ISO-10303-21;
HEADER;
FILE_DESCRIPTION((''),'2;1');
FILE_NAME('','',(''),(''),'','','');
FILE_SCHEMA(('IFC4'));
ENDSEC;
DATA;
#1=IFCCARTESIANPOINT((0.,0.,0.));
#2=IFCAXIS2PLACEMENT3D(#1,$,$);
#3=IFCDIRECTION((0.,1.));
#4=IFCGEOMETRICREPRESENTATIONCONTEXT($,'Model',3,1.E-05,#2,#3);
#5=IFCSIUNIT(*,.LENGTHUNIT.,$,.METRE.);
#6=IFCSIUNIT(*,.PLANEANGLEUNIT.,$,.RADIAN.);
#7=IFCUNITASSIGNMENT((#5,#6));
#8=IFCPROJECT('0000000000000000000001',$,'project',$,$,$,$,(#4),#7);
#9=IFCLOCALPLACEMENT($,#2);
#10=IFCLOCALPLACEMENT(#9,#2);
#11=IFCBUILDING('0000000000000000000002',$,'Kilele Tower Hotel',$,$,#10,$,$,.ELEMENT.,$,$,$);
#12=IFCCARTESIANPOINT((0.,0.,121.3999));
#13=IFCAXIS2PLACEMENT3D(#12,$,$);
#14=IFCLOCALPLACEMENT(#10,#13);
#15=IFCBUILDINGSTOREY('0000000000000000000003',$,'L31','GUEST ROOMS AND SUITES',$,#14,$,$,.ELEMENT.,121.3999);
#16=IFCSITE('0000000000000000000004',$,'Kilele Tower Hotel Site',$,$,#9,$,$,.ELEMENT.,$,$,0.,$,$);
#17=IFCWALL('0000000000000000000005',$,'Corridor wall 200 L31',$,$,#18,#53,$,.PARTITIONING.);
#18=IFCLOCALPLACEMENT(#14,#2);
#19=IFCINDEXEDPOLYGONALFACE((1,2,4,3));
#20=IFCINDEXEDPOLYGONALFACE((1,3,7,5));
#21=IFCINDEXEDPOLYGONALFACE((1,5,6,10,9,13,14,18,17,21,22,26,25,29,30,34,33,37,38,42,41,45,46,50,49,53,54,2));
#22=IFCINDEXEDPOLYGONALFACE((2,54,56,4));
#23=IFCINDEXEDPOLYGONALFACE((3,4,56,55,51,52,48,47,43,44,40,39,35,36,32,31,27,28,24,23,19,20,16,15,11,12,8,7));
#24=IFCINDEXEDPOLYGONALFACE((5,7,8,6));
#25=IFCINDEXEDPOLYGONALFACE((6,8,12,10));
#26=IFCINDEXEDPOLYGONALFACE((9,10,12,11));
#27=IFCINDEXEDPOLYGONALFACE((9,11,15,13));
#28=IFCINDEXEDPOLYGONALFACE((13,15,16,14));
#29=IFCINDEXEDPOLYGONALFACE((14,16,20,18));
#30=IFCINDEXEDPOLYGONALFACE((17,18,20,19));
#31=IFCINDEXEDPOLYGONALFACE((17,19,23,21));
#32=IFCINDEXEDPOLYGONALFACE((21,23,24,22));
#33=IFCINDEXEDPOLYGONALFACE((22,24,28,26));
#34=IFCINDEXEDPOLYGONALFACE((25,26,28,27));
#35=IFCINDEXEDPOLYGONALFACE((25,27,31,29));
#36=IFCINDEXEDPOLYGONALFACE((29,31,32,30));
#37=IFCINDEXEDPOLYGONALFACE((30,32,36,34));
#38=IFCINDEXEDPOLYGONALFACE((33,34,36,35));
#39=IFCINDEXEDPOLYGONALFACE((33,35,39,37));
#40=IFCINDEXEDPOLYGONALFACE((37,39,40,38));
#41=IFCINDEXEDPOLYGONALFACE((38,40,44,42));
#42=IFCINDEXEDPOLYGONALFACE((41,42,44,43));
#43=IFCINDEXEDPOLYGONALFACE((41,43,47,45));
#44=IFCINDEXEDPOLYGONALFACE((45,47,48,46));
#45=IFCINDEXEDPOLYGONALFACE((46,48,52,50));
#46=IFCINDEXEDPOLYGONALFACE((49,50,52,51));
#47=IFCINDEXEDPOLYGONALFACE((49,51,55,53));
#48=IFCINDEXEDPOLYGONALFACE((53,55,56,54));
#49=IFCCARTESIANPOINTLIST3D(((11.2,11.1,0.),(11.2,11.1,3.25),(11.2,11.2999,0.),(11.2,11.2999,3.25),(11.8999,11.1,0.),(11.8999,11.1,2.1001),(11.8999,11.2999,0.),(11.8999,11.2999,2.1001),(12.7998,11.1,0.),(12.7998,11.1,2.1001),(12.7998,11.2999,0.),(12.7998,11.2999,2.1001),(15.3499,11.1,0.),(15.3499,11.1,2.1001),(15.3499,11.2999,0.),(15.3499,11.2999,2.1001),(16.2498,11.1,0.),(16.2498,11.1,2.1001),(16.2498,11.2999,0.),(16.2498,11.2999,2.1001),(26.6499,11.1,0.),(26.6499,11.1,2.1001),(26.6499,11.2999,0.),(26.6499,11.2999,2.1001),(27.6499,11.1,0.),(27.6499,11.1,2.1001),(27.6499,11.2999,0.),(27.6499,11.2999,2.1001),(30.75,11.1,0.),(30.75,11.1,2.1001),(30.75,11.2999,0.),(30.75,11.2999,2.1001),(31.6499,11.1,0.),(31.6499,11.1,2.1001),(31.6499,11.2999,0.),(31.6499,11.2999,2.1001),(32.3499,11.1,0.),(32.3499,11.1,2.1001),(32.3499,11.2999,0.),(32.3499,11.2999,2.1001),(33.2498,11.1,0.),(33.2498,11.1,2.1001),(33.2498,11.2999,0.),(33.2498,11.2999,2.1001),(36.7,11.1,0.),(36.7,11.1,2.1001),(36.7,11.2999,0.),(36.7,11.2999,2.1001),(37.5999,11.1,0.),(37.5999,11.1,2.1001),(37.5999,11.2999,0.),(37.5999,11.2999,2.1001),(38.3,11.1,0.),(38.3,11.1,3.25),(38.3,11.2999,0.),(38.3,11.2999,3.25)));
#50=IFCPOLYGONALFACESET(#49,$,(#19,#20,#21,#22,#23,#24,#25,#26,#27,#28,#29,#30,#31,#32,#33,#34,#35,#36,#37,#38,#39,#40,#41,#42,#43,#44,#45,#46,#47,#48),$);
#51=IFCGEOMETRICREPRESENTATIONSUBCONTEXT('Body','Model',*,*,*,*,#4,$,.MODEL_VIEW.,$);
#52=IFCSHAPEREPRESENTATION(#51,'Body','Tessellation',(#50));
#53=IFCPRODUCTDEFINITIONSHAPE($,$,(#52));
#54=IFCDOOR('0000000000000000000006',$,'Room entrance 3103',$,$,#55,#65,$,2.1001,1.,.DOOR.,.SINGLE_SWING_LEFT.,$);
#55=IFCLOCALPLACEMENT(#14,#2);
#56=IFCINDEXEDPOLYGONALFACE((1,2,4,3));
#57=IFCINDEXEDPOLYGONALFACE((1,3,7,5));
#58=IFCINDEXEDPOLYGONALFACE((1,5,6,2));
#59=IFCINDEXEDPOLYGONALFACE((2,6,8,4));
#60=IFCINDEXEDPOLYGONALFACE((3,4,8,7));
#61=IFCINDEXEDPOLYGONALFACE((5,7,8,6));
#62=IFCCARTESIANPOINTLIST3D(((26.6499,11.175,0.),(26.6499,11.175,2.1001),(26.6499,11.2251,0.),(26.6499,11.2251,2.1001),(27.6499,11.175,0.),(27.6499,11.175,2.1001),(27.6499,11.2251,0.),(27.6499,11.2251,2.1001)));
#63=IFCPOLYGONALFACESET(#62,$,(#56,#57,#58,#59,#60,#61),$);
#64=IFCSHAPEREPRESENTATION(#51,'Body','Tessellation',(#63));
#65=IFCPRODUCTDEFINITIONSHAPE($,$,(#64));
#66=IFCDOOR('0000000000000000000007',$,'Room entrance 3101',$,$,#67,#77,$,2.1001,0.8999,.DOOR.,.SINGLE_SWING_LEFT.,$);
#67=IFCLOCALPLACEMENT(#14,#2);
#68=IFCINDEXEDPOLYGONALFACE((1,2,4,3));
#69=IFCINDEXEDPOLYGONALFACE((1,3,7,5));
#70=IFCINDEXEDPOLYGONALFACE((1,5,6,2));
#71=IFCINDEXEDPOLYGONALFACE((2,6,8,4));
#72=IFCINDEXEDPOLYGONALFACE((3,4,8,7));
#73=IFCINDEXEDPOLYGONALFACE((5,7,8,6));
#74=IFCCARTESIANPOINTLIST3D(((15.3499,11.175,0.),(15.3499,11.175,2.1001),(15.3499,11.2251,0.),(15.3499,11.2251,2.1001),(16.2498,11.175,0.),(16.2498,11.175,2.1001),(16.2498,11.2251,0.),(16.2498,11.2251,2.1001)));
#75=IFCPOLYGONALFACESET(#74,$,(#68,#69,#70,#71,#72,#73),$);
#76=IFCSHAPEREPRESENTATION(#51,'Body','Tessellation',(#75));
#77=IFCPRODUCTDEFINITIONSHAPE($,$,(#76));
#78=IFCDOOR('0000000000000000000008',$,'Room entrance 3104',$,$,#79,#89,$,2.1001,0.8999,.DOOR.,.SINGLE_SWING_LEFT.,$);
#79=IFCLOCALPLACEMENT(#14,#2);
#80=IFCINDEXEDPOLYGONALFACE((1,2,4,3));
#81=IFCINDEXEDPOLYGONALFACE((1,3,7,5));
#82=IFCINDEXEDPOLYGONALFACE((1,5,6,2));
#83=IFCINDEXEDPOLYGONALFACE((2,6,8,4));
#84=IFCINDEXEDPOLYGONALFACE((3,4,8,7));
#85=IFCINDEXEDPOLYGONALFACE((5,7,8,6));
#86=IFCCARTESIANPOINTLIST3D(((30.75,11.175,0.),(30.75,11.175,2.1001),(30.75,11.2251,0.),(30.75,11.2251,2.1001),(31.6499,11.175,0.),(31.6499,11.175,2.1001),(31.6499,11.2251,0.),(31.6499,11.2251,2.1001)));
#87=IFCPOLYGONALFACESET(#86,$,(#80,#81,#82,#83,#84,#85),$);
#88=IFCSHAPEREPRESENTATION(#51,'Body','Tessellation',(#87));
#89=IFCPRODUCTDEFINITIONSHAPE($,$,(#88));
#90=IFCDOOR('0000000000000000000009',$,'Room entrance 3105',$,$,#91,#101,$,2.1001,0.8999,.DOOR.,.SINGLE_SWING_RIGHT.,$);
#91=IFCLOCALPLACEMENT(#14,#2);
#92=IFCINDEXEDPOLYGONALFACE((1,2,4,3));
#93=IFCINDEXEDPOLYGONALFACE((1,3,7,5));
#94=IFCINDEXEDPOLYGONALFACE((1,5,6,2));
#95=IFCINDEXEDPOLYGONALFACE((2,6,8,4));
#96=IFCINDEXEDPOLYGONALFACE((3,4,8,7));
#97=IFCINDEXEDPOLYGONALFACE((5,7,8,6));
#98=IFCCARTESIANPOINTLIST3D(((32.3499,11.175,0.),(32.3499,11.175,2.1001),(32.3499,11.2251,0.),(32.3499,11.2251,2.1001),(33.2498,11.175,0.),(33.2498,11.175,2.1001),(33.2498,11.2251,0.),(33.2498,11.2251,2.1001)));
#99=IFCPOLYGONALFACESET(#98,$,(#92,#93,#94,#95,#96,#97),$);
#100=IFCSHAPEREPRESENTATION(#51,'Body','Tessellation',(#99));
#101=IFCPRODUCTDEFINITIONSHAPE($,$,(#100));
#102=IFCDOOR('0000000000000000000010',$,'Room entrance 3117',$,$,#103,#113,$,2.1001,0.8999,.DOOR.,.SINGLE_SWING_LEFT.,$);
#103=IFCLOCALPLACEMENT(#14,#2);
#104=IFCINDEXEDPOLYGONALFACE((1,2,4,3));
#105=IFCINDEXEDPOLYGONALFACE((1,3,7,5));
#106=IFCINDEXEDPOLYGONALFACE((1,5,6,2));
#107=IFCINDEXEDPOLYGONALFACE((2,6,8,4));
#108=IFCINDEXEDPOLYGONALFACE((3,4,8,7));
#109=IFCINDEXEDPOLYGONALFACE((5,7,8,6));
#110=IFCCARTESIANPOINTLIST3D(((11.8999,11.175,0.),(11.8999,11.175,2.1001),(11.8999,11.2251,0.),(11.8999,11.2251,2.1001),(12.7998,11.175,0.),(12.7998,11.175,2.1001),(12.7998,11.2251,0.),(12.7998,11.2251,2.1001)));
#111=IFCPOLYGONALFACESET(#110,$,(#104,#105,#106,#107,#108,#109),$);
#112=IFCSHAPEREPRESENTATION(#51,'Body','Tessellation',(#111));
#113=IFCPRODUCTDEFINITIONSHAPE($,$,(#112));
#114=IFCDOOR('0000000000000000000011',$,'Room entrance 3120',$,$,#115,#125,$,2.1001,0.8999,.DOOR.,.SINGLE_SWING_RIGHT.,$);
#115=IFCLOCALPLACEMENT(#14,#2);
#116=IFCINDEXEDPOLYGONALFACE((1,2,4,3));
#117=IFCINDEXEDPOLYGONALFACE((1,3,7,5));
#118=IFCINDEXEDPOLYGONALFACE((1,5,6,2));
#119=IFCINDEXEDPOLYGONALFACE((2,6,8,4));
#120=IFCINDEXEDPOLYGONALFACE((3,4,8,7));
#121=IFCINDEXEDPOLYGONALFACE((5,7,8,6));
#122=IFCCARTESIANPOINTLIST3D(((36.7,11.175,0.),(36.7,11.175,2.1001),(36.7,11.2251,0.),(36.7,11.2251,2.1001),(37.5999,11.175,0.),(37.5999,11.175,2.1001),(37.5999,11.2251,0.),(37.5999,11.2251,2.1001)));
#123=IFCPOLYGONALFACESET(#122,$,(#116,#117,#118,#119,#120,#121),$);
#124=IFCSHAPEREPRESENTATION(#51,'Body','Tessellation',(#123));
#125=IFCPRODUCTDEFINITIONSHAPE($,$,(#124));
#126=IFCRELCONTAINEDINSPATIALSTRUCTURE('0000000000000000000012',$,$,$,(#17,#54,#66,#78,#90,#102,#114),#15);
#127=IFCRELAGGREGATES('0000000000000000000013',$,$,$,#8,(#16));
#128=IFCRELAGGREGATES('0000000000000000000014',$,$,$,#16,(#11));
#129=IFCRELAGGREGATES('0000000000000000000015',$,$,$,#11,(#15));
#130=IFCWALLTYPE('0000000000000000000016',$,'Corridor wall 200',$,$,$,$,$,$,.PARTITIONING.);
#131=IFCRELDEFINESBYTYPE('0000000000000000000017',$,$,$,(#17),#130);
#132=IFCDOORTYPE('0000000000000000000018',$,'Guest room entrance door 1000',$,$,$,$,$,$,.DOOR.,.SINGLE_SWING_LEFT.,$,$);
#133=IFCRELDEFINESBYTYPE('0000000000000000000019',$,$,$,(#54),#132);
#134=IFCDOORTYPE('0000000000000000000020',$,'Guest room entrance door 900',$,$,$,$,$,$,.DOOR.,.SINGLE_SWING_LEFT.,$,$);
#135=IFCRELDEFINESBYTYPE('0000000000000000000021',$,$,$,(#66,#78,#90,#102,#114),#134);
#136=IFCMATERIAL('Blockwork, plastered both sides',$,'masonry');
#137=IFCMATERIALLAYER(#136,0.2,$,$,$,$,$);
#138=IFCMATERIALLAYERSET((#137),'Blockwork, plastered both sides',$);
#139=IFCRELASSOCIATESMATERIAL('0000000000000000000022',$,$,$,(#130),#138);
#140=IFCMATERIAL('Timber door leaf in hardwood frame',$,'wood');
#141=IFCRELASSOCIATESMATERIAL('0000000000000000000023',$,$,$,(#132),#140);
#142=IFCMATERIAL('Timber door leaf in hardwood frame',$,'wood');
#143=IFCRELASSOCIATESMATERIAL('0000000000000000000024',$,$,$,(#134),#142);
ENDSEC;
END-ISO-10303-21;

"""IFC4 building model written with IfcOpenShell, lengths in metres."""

from ifc_helpers import new_model, si_unit, direction, frame, frame_2d, origin, place, context, subcontext, project, spatial, rectangle, extrude, material, layer, layer_set, type_object, element, fill, save


model = new_model("IFC4")

# Units and contexts
model_context = context("Model", 3, precision=1e-05, world=origin(), true_north=direction((0.0, 1.0)))
body_context = subcontext(model_context, "Body", "Model", "MODEL_VIEW")
ifc_project = project(units=[si_unit("LENGTHUNIT", "METRE"), si_unit("PLANEANGLEUNIT", "RADIAN")], contexts=[model_context])

# Site, building, storey
site_placement = place(None, origin())
site = spatial("IfcSite", under=ifc_project, at=site_placement, Name="Kilele Tower Hotel Site", CompositionType="ELEMENT", RefElevation=0.0)
building_placement = place(site_placement, origin())
building = spatial("IfcBuilding", under=site, at=building_placement, Name="Kilele Tower Hotel", CompositionType="ELEMENT")
storey_placement = place(building_placement, frame((0.0, 0.0, 121.3999)))
storey = spatial("IfcBuildingStorey", under=building, at=storey_placement, Name="L31", Description="GUEST ROOMS AND SUITES", CompositionType="ELEMENT", Elevation=121.3999)

# Wall, openings, doors
ifc_material_1 = material(Name="Blockwork, plastered both sides", Category="masonry")
ifc_layer_1 = layer(ifc_material_1, 0.2)
ifc_layer_set_1 = layer_set([ifc_layer_1], Name="Blockwork, plastered both sides")
wall_type_1 = type_object("IfcWallType", Name="Corridor wall 200", PredefinedType="PARTITIONING", material=ifc_layer_set_1)
wall_1_placement = place(storey_placement, frame((11.2, 11.2, 0.0), z_axis=(0.0, 0.0, 1.0), x_axis=(1.0, 0.0, 0.0)))
wall_1 = element("IfcWall", 1, at=wall_1_placement, inside=storey, type_object=wall_type_1, Name="Corridor wall 200 L31", PredefinedType="PARTITIONING", context=body_context, shape_type="SweptSolid", body=[
    extrude(rectangle(XDim=27.1001, YDim=0.2, at=frame_2d((13.55, 0.0))), origin(), (0.0, 0.0, 1.0), 3.25),
])
opening_1_placement = place(wall_1_placement, frame((5.0498, 0.0, 0.0), z_axis=(0.0, 0.0, 1.0), x_axis=(-1.0, 0.0, 0.0)))
opening_1 = element("IfcOpeningElement", 2, at=opening_1_placement, cuts=wall_1, PredefinedType="OPENING", context=body_context, shape_type="SweptSolid", body=[
    extrude(rectangle(XDim=0.8999, YDim=2.1001, at=frame_2d((0.45, 1.05))), frame((0.0, 0.1099, 0.0), z_axis=(0.0, -1.0, 0.0), x_axis=(1.0, 0.0, 0.0)), (0.0, 0.0, 1.0), 0.22),
])
opening_2_placement = place(wall_1_placement, frame((16.45, 0.0, 0.0), z_axis=(0.0, 0.0, 1.0), x_axis=(-1.0, 0.0, 0.0)))
opening_2 = element("IfcOpeningElement", 3, at=opening_2_placement, cuts=wall_1, PredefinedType="OPENING", context=body_context, shape_type="SweptSolid", body=[
    extrude(rectangle(XDim=1.0, YDim=2.1001, at=frame_2d((0.5, 1.05))), frame((0.0, 0.1099, 0.0), z_axis=(0.0, -1.0, 0.0), x_axis=(1.0, 0.0, 0.0)), (0.0, 0.0, 1.0), 0.22),
])
opening_3_placement = place(wall_1_placement, frame((20.45, 0.0, 0.0), z_axis=(0.0, 0.0, 1.0), x_axis=(-1.0, 0.0, 0.0)))
opening_3 = element("IfcOpeningElement", 4, at=opening_3_placement, cuts=wall_1, PredefinedType="OPENING", context=body_context, shape_type="SweptSolid", body=[
    extrude(rectangle(XDim=0.8999, YDim=2.1001, at=frame_2d((0.45, 1.05))), frame((0.0, 0.1099, 0.0), z_axis=(0.0, -1.0, 0.0), x_axis=(1.0, 0.0, 0.0)), (0.0, 0.0, 1.0), 0.22),
])
opening_4_placement = place(wall_1_placement, frame((22.0498, 0.0, 0.0), z_axis=(0.0, 0.0, 1.0), x_axis=(-1.0, 0.0, 0.0)))
opening_4 = element("IfcOpeningElement", 5, at=opening_4_placement, cuts=wall_1, PredefinedType="OPENING", context=body_context, shape_type="SweptSolid", body=[
    extrude(rectangle(XDim=0.8999, YDim=2.1001, at=frame_2d((0.45, 1.05))), frame((0.0, 0.1099, 0.0), z_axis=(0.0, -1.0, 0.0), x_axis=(1.0, 0.0, 0.0)), (0.0, 0.0, 1.0), 0.22),
])
opening_5_placement = place(wall_1_placement, frame((1.5999, 0.0, 0.0), z_axis=(0.0, 0.0, 1.0), x_axis=(-1.0, 0.0, 0.0)))
opening_5 = element("IfcOpeningElement", 6, at=opening_5_placement, cuts=wall_1, PredefinedType="OPENING", context=body_context, shape_type="SweptSolid", body=[
    extrude(rectangle(XDim=0.8999, YDim=2.1001, at=frame_2d((0.45, 1.05))), frame((0.0, 0.1099, 0.0), z_axis=(0.0, -1.0, 0.0), x_axis=(1.0, 0.0, 0.0)), (0.0, 0.0, 1.0), 0.22),
])
opening_6_placement = place(wall_1_placement, frame((26.3999, 0.0, 0.0), z_axis=(0.0, 0.0, 1.0), x_axis=(-1.0, 0.0, 0.0)))
opening_6 = element("IfcOpeningElement", 7, at=opening_6_placement, cuts=wall_1, PredefinedType="OPENING", context=body_context, shape_type="SweptSolid", body=[
    extrude(rectangle(XDim=0.8999, YDim=2.1001, at=frame_2d((0.45, 1.05))), frame((0.0, 0.1099, 0.0), z_axis=(0.0, -1.0, 0.0), x_axis=(1.0, 0.0, 0.0)), (0.0, 0.0, 1.0), 0.22),
])
ifc_material_2 = material(Name="Timber door leaf in hardwood frame", Category="wood")
door_type_1 = type_object("IfcDoorType", Name="Guest room entrance door 1000", OperationType="SINGLE_SWING_LEFT", PredefinedType="DOOR", material=ifc_material_2)
door_1_placement = place(opening_2_placement, origin())
door_1 = element("IfcDoor", 8, at=door_1_placement, inside=storey, type_object=door_type_1, Name="Room entrance 3103", OperationType="SINGLE_SWING_LEFT", OverallHeight=2.1001, OverallWidth=1.0, PredefinedType="DOOR", context=body_context, shape_type="SweptSolid", body=[
    extrude(rectangle(XDim=1.0, YDim=2.1001, at=frame_2d((0.5, 1.05))), frame((0.0, 0.0249, 0.0), z_axis=(0.0, -1.0, 0.0), x_axis=(1.0, 0.0, 0.0)), (0.0, 0.0, 1.0), 0.05),
])
fill(opening_2, door_1)
ifc_material_3 = material(Name="Timber door leaf in hardwood frame", Category="wood")
door_type_2 = type_object("IfcDoorType", Name="Guest room entrance door 900", OperationType="SINGLE_SWING_LEFT", PredefinedType="DOOR", material=ifc_material_3)
door_2_placement = place(opening_1_placement, origin())
door_2 = element("IfcDoor", 9, at=door_2_placement, inside=storey, type_object=door_type_2, Name="Room entrance 3101", OperationType="SINGLE_SWING_LEFT", OverallHeight=2.1001, OverallWidth=0.8999, PredefinedType="DOOR", context=body_context, shape_type="SweptSolid", body=[
    extrude(rectangle(XDim=0.8999, YDim=2.1001, at=frame_2d((0.45, 1.05))), frame((0.0, 0.0249, 0.0), z_axis=(0.0, -1.0, 0.0), x_axis=(1.0, 0.0, 0.0)), (0.0, 0.0, 1.0), 0.05),
])
fill(opening_1, door_2)
door_3_placement = place(opening_3_placement, origin())
door_3 = element("IfcDoor", 10, at=door_3_placement, inside=storey, type_object=door_type_2, Name="Room entrance 3104", OperationType="SINGLE_SWING_LEFT", OverallHeight=2.1001, OverallWidth=0.8999, PredefinedType="DOOR", context=body_context, shape_type="SweptSolid", body=[
    extrude(rectangle(XDim=0.8999, YDim=2.1001, at=frame_2d((0.45, 1.05))), frame((0.0, 0.0249, 0.0), z_axis=(0.0, -1.0, 0.0), x_axis=(1.0, 0.0, 0.0)), (0.0, 0.0, 1.0), 0.05),
])
fill(opening_3, door_3)
door_4_placement = place(opening_4_placement, origin())
door_4 = element("IfcDoor", 11, at=door_4_placement, inside=storey, type_object=door_type_2, Name="Room entrance 3105", OperationType="SINGLE_SWING_RIGHT", OverallHeight=2.1001, OverallWidth=0.8999, PredefinedType="DOOR", context=body_context, shape_type="SweptSolid", body=[
    extrude(rectangle(XDim=0.8999, YDim=2.1001, at=frame_2d((0.45, 1.05))), frame((0.0, 0.0249, 0.0), z_axis=(0.0, -1.0, 0.0), x_axis=(1.0, 0.0, 0.0)), (0.0, 0.0, 1.0), 0.05),
])
fill(opening_4, door_4)
door_5_placement = place(opening_5_placement, origin())
door_5 = element("IfcDoor", 12, at=door_5_placement, inside=storey, type_object=door_type_2, Name="Room entrance 3117", OperationType="SINGLE_SWING_LEFT", OverallHeight=2.1001, OverallWidth=0.8999, PredefinedType="DOOR", context=body_context, shape_type="SweptSolid", body=[
    extrude(rectangle(XDim=0.8999, YDim=2.1001, at=frame_2d((0.45, 1.05))), frame((0.0, 0.0249, 0.0), z_axis=(0.0, -1.0, 0.0), x_axis=(1.0, 0.0, 0.0)), (0.0, 0.0, 1.0), 0.05),
])
fill(opening_5, door_5)
door_6_placement = place(opening_6_placement, origin())
door_6 = element("IfcDoor", 13, at=door_6_placement, inside=storey, type_object=door_type_2, Name="Room entrance 3120", OperationType="SINGLE_SWING_RIGHT", OverallHeight=2.1001, OverallWidth=0.8999, PredefinedType="DOOR", context=body_context, shape_type="SweptSolid", body=[
    extrude(rectangle(XDim=0.8999, YDim=2.1001, at=frame_2d((0.45, 1.05))), frame((0.0, 0.0249, 0.0), z_axis=(0.0, -1.0, 0.0), x_axis=(1.0, 0.0, 0.0)), (0.0, 0.0, 1.0), 0.05),
])
fill(opening_6, door_6)

save(model, "model.ifc")
